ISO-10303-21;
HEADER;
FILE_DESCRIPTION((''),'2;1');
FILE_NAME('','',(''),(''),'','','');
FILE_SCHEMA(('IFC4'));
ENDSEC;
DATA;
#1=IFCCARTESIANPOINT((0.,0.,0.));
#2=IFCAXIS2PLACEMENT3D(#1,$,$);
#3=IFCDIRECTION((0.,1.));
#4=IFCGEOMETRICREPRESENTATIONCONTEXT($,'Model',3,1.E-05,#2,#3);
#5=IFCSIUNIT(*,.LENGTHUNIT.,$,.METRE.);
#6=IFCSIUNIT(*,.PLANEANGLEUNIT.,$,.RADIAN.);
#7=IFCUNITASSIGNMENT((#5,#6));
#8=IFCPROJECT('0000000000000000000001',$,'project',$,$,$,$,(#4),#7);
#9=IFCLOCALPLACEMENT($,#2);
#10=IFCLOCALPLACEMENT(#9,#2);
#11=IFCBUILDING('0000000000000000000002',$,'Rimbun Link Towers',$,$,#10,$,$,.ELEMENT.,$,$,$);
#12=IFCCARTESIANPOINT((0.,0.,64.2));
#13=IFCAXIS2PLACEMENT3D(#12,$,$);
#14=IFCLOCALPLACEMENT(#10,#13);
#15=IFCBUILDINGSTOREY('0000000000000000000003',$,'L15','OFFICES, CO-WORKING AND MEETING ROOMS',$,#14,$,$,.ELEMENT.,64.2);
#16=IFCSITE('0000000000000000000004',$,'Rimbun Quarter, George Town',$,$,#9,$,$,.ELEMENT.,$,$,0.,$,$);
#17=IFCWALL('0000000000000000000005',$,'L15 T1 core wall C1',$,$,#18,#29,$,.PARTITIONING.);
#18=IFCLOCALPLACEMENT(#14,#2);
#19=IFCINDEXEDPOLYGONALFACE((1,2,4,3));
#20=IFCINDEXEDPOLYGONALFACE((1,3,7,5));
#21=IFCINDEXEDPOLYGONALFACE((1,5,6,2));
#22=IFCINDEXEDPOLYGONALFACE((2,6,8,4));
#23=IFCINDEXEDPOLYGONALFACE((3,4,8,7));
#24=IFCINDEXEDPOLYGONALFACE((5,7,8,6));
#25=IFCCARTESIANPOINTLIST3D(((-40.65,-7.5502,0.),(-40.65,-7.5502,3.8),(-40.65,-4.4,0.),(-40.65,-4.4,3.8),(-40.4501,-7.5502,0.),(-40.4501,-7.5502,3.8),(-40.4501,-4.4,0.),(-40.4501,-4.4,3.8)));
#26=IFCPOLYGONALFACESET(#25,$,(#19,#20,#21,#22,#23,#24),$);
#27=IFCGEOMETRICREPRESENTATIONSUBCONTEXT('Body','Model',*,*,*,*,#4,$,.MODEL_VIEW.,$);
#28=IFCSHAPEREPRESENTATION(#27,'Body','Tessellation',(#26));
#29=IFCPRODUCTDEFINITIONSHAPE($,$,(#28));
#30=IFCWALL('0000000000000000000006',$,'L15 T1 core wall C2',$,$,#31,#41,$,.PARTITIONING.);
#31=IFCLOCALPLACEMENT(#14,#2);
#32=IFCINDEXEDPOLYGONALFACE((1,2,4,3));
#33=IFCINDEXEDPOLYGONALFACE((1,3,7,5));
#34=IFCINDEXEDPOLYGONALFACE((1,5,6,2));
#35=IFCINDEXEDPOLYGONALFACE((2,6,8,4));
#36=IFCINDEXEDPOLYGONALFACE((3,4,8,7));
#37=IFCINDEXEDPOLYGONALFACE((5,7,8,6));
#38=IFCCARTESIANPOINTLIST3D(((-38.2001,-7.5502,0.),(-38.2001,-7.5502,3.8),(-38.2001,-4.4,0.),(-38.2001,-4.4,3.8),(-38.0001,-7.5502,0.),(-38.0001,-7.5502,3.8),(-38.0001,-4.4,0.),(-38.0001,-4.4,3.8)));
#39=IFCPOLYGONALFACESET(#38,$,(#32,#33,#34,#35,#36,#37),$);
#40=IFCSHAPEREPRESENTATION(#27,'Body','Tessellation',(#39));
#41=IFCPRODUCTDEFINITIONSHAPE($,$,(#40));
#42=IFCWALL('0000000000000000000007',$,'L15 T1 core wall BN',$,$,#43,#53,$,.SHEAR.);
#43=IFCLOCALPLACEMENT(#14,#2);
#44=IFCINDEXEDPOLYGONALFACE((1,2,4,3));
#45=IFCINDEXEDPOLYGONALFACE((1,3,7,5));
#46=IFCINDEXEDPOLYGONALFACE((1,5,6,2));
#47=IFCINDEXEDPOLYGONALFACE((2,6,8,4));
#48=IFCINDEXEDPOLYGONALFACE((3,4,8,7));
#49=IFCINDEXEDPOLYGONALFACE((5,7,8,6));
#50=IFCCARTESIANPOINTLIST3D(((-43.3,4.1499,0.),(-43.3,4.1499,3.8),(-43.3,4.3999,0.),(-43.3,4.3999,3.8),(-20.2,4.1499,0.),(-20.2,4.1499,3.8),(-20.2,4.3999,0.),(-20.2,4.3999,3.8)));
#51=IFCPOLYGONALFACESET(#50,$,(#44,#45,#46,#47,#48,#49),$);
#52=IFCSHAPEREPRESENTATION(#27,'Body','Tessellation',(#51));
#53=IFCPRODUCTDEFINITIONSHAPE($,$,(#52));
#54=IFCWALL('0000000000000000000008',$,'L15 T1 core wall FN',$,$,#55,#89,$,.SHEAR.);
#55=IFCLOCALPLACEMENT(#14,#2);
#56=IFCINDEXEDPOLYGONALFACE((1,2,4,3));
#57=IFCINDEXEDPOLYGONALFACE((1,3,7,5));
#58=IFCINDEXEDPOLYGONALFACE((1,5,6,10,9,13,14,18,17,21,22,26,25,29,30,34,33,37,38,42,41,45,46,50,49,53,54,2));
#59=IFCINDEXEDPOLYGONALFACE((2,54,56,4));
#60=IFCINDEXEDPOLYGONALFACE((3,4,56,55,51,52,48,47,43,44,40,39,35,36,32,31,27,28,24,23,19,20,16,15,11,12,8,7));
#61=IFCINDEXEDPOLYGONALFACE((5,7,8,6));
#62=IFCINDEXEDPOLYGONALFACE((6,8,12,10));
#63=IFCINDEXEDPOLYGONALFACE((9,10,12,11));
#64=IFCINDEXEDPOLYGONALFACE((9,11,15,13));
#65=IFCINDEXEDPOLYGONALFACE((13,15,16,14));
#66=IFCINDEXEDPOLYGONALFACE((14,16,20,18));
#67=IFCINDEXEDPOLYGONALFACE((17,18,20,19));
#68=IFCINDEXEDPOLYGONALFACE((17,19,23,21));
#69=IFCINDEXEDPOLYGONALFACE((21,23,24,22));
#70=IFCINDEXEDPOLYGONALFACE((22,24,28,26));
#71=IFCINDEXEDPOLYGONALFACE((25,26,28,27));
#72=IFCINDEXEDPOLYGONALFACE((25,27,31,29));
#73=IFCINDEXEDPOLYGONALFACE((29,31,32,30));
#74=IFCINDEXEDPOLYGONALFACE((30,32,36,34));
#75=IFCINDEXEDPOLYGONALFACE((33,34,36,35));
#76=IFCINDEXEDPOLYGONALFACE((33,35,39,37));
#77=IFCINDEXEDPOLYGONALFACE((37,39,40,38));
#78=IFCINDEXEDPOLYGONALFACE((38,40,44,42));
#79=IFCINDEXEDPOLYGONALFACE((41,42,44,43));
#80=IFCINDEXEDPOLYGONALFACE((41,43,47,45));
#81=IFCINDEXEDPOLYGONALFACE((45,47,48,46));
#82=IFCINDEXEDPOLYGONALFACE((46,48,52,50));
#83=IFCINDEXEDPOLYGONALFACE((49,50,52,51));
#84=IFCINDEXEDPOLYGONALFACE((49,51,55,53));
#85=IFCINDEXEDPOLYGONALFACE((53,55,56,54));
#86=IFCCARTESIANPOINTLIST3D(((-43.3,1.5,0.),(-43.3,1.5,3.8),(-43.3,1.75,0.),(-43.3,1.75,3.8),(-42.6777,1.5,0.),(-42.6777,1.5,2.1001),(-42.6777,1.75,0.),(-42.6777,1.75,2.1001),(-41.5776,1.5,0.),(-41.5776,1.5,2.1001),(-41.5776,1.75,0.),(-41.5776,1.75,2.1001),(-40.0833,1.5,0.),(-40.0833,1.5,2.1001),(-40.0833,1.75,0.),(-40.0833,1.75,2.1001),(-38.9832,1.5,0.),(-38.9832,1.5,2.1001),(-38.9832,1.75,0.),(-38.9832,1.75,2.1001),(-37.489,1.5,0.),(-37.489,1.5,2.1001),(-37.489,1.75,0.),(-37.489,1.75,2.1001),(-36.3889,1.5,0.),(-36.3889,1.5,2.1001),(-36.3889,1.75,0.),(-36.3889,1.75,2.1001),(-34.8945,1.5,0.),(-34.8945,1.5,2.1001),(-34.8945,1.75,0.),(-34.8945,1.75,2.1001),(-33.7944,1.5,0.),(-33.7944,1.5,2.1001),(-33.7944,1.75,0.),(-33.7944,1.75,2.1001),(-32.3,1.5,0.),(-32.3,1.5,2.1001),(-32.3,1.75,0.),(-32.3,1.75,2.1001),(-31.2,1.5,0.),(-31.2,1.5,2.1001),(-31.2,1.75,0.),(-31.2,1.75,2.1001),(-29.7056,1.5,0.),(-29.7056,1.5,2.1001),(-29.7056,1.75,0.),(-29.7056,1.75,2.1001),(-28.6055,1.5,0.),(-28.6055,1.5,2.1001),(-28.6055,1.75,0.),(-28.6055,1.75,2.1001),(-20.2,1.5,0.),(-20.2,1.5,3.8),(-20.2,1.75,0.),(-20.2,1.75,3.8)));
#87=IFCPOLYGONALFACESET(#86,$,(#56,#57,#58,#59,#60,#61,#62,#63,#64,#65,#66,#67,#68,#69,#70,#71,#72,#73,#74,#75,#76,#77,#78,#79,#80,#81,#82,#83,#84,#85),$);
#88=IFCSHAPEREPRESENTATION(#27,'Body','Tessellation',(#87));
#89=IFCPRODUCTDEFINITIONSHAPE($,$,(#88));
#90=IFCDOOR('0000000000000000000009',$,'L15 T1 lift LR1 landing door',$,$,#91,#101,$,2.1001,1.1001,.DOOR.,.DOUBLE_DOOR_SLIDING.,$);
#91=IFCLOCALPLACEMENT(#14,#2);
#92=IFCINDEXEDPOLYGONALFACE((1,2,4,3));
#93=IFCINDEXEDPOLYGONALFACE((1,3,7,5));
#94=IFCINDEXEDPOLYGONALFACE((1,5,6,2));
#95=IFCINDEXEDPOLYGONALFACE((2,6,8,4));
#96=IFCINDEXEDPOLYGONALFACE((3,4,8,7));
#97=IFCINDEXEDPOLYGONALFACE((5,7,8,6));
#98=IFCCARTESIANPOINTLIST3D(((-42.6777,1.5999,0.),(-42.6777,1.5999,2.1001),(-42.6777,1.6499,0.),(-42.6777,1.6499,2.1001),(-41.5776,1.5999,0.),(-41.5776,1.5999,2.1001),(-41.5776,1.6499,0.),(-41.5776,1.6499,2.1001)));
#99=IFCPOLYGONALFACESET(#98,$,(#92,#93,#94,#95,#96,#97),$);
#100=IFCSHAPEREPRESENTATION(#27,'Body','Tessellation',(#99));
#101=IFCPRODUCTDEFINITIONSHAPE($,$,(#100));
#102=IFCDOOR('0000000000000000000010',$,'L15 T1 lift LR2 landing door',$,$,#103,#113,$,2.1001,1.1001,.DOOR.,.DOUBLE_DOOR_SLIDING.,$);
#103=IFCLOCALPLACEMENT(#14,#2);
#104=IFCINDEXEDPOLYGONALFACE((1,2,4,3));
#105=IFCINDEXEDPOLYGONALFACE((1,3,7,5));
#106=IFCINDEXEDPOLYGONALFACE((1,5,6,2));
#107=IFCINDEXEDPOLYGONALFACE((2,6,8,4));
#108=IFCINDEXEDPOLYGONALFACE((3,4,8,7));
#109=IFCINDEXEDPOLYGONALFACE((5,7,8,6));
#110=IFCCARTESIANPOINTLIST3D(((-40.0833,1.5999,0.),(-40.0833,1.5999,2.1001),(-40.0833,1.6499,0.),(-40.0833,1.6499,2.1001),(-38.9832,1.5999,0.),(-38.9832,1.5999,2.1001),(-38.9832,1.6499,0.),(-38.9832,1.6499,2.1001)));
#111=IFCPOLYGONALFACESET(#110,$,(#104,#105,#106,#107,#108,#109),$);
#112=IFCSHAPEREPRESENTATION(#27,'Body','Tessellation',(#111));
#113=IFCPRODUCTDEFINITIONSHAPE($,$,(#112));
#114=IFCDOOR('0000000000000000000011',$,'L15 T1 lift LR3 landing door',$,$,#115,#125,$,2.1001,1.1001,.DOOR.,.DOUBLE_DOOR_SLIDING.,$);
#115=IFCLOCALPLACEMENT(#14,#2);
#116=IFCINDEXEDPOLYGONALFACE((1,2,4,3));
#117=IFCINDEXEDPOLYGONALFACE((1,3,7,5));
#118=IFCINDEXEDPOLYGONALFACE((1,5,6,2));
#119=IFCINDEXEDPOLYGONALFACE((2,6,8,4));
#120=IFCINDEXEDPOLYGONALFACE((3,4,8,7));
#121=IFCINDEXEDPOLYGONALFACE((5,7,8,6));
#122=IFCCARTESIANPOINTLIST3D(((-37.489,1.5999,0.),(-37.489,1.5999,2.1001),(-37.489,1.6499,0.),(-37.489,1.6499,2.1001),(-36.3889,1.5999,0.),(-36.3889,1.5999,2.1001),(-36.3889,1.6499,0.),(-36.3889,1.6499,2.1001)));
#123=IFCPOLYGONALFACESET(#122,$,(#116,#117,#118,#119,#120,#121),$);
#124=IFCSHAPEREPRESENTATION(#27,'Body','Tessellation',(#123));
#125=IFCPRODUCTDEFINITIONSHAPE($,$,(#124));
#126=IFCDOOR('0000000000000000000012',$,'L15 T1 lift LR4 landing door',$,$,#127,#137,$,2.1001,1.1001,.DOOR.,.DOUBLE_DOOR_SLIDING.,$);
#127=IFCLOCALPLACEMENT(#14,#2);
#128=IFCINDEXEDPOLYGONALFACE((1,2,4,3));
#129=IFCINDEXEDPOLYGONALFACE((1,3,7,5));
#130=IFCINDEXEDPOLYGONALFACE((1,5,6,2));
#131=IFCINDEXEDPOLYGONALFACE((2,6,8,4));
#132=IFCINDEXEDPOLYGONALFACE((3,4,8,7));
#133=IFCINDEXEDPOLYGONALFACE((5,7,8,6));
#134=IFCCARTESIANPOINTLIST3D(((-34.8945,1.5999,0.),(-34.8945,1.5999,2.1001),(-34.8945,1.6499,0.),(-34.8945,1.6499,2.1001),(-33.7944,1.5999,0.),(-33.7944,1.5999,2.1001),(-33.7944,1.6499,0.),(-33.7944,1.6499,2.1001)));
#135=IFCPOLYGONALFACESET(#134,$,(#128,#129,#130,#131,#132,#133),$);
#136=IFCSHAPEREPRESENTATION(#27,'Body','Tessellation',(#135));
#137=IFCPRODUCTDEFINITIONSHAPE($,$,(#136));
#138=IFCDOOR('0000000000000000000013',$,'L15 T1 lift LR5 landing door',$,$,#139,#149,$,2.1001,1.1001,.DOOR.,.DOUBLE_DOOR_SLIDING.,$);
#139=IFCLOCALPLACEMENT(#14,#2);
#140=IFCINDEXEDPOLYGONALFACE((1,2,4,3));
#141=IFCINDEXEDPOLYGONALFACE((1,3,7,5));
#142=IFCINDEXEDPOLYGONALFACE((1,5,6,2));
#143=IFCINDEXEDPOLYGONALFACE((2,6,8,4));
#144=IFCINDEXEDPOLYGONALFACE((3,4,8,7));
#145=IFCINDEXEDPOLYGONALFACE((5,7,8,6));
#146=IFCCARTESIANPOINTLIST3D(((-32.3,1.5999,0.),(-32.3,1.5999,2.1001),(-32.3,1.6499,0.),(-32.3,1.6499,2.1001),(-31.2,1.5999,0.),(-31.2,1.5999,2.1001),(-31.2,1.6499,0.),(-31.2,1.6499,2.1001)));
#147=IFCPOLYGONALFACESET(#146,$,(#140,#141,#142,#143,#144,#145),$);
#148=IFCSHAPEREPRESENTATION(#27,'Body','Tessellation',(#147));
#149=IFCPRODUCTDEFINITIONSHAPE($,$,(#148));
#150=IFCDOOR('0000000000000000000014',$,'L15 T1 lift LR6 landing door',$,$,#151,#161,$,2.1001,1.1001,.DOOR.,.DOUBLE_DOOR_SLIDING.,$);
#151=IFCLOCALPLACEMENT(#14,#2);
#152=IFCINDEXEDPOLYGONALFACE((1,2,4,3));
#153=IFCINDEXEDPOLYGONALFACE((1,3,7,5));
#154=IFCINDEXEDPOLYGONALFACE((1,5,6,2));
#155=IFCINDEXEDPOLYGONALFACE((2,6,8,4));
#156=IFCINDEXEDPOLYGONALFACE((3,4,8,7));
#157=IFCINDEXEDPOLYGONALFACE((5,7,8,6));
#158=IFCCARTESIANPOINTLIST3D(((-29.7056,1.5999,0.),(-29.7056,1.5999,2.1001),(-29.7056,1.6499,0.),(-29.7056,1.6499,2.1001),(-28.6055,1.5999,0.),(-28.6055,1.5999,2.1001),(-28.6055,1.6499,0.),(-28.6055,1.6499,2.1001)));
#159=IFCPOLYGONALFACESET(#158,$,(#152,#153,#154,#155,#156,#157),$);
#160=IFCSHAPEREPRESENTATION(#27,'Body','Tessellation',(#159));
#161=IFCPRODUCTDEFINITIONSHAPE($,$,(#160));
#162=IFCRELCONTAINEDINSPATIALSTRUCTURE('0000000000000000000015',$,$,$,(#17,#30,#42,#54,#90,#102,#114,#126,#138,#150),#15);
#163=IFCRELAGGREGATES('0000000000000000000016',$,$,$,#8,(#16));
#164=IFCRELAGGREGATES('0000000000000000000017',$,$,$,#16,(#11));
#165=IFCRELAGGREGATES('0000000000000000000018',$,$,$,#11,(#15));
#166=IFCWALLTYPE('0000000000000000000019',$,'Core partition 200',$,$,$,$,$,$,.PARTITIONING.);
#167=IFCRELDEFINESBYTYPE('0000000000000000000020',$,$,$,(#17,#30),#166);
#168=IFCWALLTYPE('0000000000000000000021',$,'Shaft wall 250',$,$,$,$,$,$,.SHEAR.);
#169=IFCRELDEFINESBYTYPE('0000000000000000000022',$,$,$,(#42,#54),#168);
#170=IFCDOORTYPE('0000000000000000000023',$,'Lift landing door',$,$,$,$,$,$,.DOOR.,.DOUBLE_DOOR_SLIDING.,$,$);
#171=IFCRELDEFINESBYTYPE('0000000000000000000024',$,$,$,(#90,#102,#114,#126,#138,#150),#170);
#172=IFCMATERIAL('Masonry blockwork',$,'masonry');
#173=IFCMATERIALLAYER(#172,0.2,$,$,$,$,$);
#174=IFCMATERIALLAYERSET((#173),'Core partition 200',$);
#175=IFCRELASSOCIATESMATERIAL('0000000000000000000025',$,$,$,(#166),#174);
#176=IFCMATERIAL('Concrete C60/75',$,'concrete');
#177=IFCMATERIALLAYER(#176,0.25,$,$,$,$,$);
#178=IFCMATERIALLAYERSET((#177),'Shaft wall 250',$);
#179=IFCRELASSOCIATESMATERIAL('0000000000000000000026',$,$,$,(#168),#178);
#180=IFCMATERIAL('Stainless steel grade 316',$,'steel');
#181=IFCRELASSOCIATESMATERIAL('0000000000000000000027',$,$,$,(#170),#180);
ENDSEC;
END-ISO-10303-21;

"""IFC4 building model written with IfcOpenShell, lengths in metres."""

from ifc_helpers import new_model, si_unit, direction, frame, frame_2d, origin, place, context, subcontext, project, spatial, rectangle, extrude, material, layer, layer_set, type_object, element, fill, save


model = new_model("IFC4")

# Units and contexts
model_context = context("Model", 3, precision=1e-05, world=origin(), true_north=direction((0.0, 1.0)))
body_context = subcontext(model_context, "Body", "Model", "MODEL_VIEW")
ifc_project = project(units=[si_unit("LENGTHUNIT", "METRE"), si_unit("PLANEANGLEUNIT", "RADIAN")], contexts=[model_context])

# Site, building, storey
site_placement = place(None, origin())
site = spatial("IfcSite", under=ifc_project, at=site_placement, Name="Rimbun Quarter, George Town", CompositionType="ELEMENT", RefElevation=0.0)
building_placement = place(site_placement, origin())
building = spatial("IfcBuilding", under=site, at=building_placement, Name="Rimbun Link Towers", CompositionType="ELEMENT")
storey_placement = place(building_placement, frame((0.0, 0.0, 64.2)))
storey = spatial("IfcBuildingStorey", under=building, at=storey_placement, Name="L15", Description="OFFICES, CO-WORKING AND MEETING ROOMS", CompositionType="ELEMENT", Elevation=64.2)

# Walls
ifc_material_1 = material(Name="Masonry blockwork", Category="masonry")
ifc_layer_1 = layer(ifc_material_1, 0.2)
ifc_layer_set_1 = layer_set([ifc_layer_1], Name="Core partition 200")
wall_type_1 = type_object("IfcWallType", Name="Core partition 200", PredefinedType="PARTITIONING", material=ifc_layer_set_1)
for number, where, z_axis, x_axis, name in (
    (1, (-40.55, -4.3999, 0.0), (0.0, 0.0, 1.0), (0.0, -1.0, 0.0), "L15 T1 core wall C1"),
    (2, (-38.1001, -4.3999, 0.0), (0.0, 0.0, 1.0), (0.0, -1.0, 0.0), "L15 T1 core wall C2"),
):
    element("IfcWall", number, at=place(storey_placement, frame(where, z_axis=z_axis, x_axis=x_axis)), inside=storey, type_object=wall_type_1, Name=name, PredefinedType="PARTITIONING", context=body_context, shape_type="SweptSolid", body=[
        extrude(rectangle(XDim=3.1501, YDim=0.2, at=frame_2d((1.5752, 0.0))), origin(), (0.0, 0.0, 1.0), 3.8),
    ])
ifc_material_2 = material(Name="Concrete C60/75", Category="concrete")
ifc_layer_2 = layer(ifc_material_2, 0.25)
ifc_layer_set_2 = layer_set([ifc_layer_2], Name="Shaft wall 250")
wall_type_2 = type_object("IfcWallType", Name="Shaft wall 250", PredefinedType="SHEAR", material=ifc_layer_set_2)
wall_1_placement = place(storey_placement, frame((-43.3, 4.2749, 0.0), z_axis=(0.0, 0.0, 1.0), x_axis=(1.0, 0.0, 0.0)))
element("IfcWall", 3, at=wall_1_placement, inside=storey, type_object=wall_type_2, Name="L15 T1 core wall BN", PredefinedType="SHEAR", context=body_context, shape_type="SweptSolid", body=[
    extrude(rectangle(XDim=23.1001, YDim=0.25, at=frame_2d((11.55, 0.0))), origin(), (0.0, 0.0, 1.0), 3.8),
])

# Wall, openings, doors
wall_2_placement = place(storey_placement, frame((-43.3, 1.625, 0.0), z_axis=(0.0, 0.0, 1.0), x_axis=(1.0, 0.0, 0.0)))
wall_2 = element("IfcWall", 4, at=wall_2_placement, inside=storey, type_object=wall_type_2, Name="L15 T1 core wall FN", PredefinedType="SHEAR", context=body_context, shape_type="SweptSolid", body=[
    extrude(rectangle(XDim=23.1001, YDim=0.25, at=frame_2d((11.55, 0.0))), origin(), (0.0, 0.0, 1.0), 3.8),
])
opening_1_placement = place(wall_2_placement, frame((0.6223, 0.0, 0.0)))
opening_1 = element("IfcOpeningElement", 5, at=opening_1_placement, cuts=wall_2, PredefinedType="OPENING", context=body_context, shape_type="SweptSolid", body=[
    extrude(rectangle(XDim=1.1001, YDim=2.1001, at=frame_2d((0.55, 1.05))), frame((0.0, 0.135, 0.0), z_axis=(0.0, -1.0, 0.0), x_axis=(1.0, 0.0, 0.0)), (0.0, 0.0, 1.0), 0.27),
])
opening_2_placement = place(wall_2_placement, frame((3.2168, 0.0, 0.0)))
opening_2 = element("IfcOpeningElement", 6, at=opening_2_placement, cuts=wall_2, PredefinedType="OPENING", context=body_context, shape_type="SweptSolid", body=[
    extrude(rectangle(XDim=1.1001, YDim=2.1001, at=frame_2d((0.55, 1.05))), frame((0.0, 0.135, 0.0), z_axis=(0.0, -1.0, 0.0), x_axis=(1.0, 0.0, 0.0)), (0.0, 0.0, 1.0), 0.27),
])
opening_3_placement = place(wall_2_placement, frame((5.811, 0.0, 0.0)))
opening_3 = element("IfcOpeningElement", 7, at=opening_3_placement, cuts=wall_2, PredefinedType="OPENING", context=body_context, shape_type="SweptSolid", body=[
    extrude(rectangle(XDim=1.1001, YDim=2.1001, at=frame_2d((0.55, 1.05))), frame((0.0, 0.135, 0.0), z_axis=(0.0, -1.0, 0.0), x_axis=(1.0, 0.0, 0.0)), (0.0, 0.0, 1.0), 0.27),
])
opening_4_placement = place(wall_2_placement, frame((8.4055, 0.0, 0.0)))
opening_4 = element("IfcOpeningElement", 8, at=opening_4_placement, cuts=wall_2, PredefinedType="OPENING", context=body_context, shape_type="SweptSolid", body=[
    extrude(rectangle(XDim=1.1001, YDim=2.1001, at=frame_2d((0.55, 1.05))), frame((0.0, 0.135, 0.0), z_axis=(0.0, -1.0, 0.0), x_axis=(1.0, 0.0, 0.0)), (0.0, 0.0, 1.0), 0.27),
])
opening_5_placement = place(wall_2_placement, frame((11.0, 0.0, 0.0)))
opening_5 = element("IfcOpeningElement", 9, at=opening_5_placement, cuts=wall_2, PredefinedType="OPENING", context=body_context, shape_type="SweptSolid", body=[
    extrude(rectangle(XDim=1.1001, YDim=2.1001, at=frame_2d((0.55, 1.05))), frame((0.0, 0.135, 0.0), z_axis=(0.0, -1.0, 0.0), x_axis=(1.0, 0.0, 0.0)), (0.0, 0.0, 1.0), 0.27),
])
opening_6_placement = place(wall_2_placement, frame((13.5945, 0.0, 0.0)))
opening_6 = element("IfcOpeningElement", 10, at=opening_6_placement, cuts=wall_2, PredefinedType="OPENING", context=body_context, shape_type="SweptSolid", body=[
    extrude(rectangle(XDim=1.1001, YDim=2.1001, at=frame_2d((0.55, 1.05))), frame((0.0, 0.135, 0.0), z_axis=(0.0, -1.0, 0.0), x_axis=(1.0, 0.0, 0.0)), (0.0, 0.0, 1.0), 0.27),
])
ifc_material_3 = material(Name="Stainless steel grade 316", Category="steel")
door_type_1 = type_object("IfcDoorType", Name="Lift landing door", OperationType="DOUBLE_DOOR_SLIDING", PredefinedType="DOOR", material=ifc_material_3)
door_1_placement = place(opening_1_placement, origin())
door_1 = element("IfcDoor", 11, at=door_1_placement, inside=storey, type_object=door_type_1, Name="L15 T1 lift LR1 landing door", OperationType="DOUBLE_DOOR_SLIDING", OverallHeight=2.1001, OverallWidth=1.1001, PredefinedType="DOOR", context=body_context, shape_type="SweptSolid", body=[
    extrude(rectangle(XDim=1.1001, YDim=2.1001, at=frame_2d((0.55, 1.05))), frame((0.0, 0.0249, 0.0), z_axis=(0.0, -1.0, 0.0), x_axis=(1.0, 0.0, 0.0)), (0.0, 0.0, 1.0), 0.05),
])
fill(opening_1, door_1)
door_2_placement = place(opening_2_placement, origin())
door_2 = element("IfcDoor", 12, at=door_2_placement, inside=storey, type_object=door_type_1, Name="L15 T1 lift LR2 landing door", OperationType="DOUBLE_DOOR_SLIDING", OverallHeight=2.1001, OverallWidth=1.1001, PredefinedType="DOOR", context=body_context, shape_type="SweptSolid", body=[
    extrude(rectangle(XDim=1.1001, YDim=2.1001, at=frame_2d((0.55, 1.05))), frame((0.0, 0.0249, 0.0), z_axis=(0.0, -1.0, 0.0), x_axis=(1.0, 0.0, 0.0)), (0.0, 0.0, 1.0), 0.05),
])
fill(opening_2, door_2)
door_3_placement = place(opening_3_placement, origin())
door_3 = element("IfcDoor", 13, at=door_3_placement, inside=storey, type_object=door_type_1, Name="L15 T1 lift LR3 landing door", OperationType="DOUBLE_DOOR_SLIDING", OverallHeight=2.1001, OverallWidth=1.1001, PredefinedType="DOOR", context=body_context, shape_type="SweptSolid", body=[
    extrude(rectangle(XDim=1.1001, YDim=2.1001, at=frame_2d((0.55, 1.05))), frame((0.0, 0.0249, 0.0), z_axis=(0.0, -1.0, 0.0), x_axis=(1.0, 0.0, 0.0)), (0.0, 0.0, 1.0), 0.05),
])
fill(opening_3, door_3)
door_4_placement = place(opening_4_placement, origin())
door_4 = element("IfcDoor", 14, at=door_4_placement, inside=storey, type_object=door_type_1, Name="L15 T1 lift LR4 landing door", OperationType="DOUBLE_DOOR_SLIDING", OverallHeight=2.1001, OverallWidth=1.1001, PredefinedType="DOOR", context=body_context, shape_type="SweptSolid", body=[
    extrude(rectangle(XDim=1.1001, YDim=2.1001, at=frame_2d((0.55, 1.05))), frame((0.0, 0.0249, 0.0), z_axis=(0.0, -1.0, 0.0), x_axis=(1.0, 0.0, 0.0)), (0.0, 0.0, 1.0), 0.05),
])
fill(opening_4, door_4)
door_5_placement = place(opening_5_placement, origin())
door_5 = element("IfcDoor", 15, at=door_5_placement, inside=storey, type_object=door_type_1, Name="L15 T1 lift LR5 landing door", OperationType="DOUBLE_DOOR_SLIDING", OverallHeight=2.1001, OverallWidth=1.1001, PredefinedType="DOOR", context=body_context, shape_type="SweptSolid", body=[
    extrude(rectangle(XDim=1.1001, YDim=2.1001, at=frame_2d((0.55, 1.05))), frame((0.0, 0.0249, 0.0), z_axis=(0.0, -1.0, 0.0), x_axis=(1.0, 0.0, 0.0)), (0.0, 0.0, 1.0), 0.05),
])
fill(opening_5, door_5)
door_6_placement = place(opening_6_placement, origin())
door_6 = element("IfcDoor", 16, at=door_6_placement, inside=storey, type_object=door_type_1, Name="L15 T1 lift LR6 landing door", OperationType="DOUBLE_DOOR_SLIDING", OverallHeight=2.1001, OverallWidth=1.1001, PredefinedType="DOOR", context=body_context, shape_type="SweptSolid", body=[
    extrude(rectangle(XDim=1.1001, YDim=2.1001, at=frame_2d((0.55, 1.05))), frame((0.0, 0.0249, 0.0), z_axis=(0.0, -1.0, 0.0), x_axis=(1.0, 0.0, 0.0)), (0.0, 0.0, 1.0), 0.05),
])
fill(opening_6, door_6)

save(model, "model.ifc")
